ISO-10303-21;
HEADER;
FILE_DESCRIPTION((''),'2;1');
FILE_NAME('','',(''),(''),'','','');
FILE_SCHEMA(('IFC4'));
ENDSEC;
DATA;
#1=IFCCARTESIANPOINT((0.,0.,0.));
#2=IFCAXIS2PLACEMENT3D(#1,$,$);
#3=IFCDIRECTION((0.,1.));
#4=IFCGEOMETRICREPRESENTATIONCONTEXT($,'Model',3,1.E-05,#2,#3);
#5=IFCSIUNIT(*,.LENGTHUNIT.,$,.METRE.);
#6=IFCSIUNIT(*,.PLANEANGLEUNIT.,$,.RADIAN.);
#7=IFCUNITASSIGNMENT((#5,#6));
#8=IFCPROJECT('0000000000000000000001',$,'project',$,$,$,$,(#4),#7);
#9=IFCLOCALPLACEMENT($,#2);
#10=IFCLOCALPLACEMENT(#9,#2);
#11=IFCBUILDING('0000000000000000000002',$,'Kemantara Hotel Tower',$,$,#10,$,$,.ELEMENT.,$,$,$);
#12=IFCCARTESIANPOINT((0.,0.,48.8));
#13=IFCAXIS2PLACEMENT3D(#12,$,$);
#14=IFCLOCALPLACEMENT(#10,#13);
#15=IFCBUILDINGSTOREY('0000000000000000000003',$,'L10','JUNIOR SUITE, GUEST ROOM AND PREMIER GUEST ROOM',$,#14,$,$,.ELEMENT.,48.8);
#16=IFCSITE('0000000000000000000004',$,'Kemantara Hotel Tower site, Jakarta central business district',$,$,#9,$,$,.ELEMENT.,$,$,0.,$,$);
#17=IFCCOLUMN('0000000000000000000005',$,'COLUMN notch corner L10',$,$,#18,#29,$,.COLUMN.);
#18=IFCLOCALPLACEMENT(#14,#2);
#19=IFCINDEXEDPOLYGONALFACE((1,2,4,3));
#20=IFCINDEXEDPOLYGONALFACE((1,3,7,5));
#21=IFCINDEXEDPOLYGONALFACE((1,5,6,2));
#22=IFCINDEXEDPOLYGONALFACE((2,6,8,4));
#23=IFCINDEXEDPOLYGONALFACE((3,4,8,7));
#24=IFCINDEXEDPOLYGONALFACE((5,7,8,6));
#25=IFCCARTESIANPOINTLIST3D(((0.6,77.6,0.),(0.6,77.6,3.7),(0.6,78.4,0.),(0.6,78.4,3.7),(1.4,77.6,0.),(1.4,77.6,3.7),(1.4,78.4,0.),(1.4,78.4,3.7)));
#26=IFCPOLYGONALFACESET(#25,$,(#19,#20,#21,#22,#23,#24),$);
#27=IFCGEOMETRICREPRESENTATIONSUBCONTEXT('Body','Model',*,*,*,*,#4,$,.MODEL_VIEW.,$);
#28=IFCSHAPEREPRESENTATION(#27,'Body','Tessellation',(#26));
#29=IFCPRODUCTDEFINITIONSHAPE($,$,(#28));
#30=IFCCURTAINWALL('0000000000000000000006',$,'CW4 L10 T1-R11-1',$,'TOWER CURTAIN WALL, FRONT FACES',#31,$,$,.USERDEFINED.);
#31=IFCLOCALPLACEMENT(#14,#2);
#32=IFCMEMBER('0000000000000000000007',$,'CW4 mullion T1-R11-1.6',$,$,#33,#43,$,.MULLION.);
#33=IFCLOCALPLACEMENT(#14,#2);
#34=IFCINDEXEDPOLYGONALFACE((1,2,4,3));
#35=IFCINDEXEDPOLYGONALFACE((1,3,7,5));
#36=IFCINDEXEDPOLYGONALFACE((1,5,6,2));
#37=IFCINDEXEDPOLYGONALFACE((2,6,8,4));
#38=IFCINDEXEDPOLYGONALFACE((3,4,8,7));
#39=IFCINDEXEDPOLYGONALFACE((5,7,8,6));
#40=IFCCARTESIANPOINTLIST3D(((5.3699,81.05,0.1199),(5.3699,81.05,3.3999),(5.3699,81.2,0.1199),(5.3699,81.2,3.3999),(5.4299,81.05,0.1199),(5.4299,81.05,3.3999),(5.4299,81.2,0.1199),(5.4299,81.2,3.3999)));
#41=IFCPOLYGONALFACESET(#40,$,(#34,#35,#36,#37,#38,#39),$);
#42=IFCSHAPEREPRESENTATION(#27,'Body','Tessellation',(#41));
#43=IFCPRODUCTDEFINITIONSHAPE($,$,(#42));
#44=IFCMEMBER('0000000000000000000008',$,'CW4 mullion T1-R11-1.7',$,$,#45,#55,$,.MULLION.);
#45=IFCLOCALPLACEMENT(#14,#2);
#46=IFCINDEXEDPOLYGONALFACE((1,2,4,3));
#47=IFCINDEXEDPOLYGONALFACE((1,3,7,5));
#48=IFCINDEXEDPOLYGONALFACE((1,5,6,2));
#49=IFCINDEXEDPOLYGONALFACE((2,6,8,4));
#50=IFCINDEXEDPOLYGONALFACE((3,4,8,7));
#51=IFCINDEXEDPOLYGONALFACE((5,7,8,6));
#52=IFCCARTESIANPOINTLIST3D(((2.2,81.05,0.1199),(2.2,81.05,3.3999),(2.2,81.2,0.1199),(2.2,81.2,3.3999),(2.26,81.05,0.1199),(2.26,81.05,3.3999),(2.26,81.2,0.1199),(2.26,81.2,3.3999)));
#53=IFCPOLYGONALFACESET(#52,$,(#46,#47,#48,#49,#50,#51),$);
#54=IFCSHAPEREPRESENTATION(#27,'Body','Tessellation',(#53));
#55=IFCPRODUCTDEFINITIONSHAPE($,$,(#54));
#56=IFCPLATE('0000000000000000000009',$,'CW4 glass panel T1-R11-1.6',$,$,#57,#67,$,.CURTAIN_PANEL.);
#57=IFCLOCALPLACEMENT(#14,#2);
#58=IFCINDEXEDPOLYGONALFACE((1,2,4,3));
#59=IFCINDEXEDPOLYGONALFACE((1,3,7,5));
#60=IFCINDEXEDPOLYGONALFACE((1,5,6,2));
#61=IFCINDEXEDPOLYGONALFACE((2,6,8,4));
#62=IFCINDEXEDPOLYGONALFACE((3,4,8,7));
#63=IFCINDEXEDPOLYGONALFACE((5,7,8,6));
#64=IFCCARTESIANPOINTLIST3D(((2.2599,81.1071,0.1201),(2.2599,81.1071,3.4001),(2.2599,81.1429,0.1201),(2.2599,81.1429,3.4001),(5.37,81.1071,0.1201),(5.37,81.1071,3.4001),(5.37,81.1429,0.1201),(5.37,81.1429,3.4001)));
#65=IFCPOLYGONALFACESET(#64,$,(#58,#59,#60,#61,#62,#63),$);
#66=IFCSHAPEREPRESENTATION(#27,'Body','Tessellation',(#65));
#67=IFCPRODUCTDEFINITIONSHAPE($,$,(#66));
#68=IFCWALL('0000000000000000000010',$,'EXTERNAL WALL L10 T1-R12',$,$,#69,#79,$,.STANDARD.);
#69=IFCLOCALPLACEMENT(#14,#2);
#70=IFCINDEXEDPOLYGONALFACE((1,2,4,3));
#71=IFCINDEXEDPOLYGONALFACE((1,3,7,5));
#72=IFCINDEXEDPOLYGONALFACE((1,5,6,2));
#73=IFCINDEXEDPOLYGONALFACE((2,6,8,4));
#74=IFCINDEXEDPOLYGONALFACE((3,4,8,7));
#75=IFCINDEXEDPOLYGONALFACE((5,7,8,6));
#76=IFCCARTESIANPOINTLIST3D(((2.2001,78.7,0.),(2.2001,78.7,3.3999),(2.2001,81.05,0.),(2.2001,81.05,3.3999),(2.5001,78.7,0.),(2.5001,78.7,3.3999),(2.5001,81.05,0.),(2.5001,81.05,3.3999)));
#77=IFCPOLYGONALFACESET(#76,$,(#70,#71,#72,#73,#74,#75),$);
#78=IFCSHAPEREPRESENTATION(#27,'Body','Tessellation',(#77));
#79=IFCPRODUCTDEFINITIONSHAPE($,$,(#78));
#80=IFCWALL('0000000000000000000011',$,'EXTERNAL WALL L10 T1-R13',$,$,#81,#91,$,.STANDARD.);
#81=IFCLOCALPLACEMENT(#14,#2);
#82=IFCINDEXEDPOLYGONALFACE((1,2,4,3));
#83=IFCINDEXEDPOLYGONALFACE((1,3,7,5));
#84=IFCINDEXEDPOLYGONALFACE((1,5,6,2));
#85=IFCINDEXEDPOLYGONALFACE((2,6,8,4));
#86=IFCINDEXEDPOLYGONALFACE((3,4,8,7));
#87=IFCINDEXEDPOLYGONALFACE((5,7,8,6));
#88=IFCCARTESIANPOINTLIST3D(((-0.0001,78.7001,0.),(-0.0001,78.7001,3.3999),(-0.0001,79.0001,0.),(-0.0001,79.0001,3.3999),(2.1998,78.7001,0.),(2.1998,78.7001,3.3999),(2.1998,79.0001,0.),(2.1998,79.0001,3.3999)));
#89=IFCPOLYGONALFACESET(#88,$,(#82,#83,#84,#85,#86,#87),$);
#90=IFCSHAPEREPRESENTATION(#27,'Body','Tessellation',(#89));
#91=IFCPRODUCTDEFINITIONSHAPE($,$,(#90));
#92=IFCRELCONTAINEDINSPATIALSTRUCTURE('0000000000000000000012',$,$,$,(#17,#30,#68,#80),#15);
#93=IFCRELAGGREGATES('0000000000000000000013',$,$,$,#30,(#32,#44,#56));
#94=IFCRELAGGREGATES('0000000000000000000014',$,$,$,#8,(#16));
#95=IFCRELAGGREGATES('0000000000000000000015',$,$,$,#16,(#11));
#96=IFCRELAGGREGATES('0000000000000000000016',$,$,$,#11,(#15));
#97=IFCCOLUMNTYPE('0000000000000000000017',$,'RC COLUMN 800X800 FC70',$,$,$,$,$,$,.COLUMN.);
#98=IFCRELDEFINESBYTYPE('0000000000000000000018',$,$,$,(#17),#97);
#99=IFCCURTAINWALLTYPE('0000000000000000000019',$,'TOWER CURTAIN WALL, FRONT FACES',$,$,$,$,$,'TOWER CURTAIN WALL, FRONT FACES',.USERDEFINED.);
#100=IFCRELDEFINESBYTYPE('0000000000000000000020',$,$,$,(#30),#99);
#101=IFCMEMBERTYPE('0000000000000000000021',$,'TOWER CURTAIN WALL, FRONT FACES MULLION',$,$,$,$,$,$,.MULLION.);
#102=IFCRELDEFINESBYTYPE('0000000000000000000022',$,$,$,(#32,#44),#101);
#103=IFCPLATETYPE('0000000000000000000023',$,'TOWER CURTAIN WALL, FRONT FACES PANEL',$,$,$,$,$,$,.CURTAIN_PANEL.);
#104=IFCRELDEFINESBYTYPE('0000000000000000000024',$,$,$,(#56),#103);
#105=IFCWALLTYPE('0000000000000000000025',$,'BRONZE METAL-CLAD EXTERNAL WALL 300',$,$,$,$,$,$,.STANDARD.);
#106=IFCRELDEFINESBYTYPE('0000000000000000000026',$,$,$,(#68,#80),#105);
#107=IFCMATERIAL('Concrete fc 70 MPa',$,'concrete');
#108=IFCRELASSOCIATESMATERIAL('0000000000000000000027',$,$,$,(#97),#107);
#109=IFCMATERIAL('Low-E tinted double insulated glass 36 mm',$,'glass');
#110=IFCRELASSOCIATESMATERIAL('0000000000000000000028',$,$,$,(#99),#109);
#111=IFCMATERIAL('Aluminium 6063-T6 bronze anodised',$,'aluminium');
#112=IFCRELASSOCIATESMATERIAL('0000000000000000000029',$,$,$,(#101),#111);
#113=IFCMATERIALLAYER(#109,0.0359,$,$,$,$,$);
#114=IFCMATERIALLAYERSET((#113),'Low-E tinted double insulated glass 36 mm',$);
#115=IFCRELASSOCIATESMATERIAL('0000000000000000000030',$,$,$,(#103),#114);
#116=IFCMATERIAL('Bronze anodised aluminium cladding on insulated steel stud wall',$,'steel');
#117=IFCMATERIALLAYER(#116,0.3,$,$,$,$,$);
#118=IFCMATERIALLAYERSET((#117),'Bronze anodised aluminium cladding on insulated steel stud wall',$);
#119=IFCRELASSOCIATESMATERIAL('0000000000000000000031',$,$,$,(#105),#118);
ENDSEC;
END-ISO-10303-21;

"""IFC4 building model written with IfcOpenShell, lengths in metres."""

from ifc_helpers import new_model, si_unit, direction, frame, frame_2d, origin, origin_2d, place, context, subcontext, project, spatial, rectangle, extrude, source, transform, mapped, material, layer, layer_set, material_profile, profile_set, type_object, element, aggregate, save


model = new_model("IFC4")

# Units and contexts
model_context = context("Model", 3, precision=1e-05, world=origin(), true_north=direction((0.0, 1.0)))
body_context = subcontext(model_context, "Body", "Model", "MODEL_VIEW")
ifc_project = project(units=[si_unit("LENGTHUNIT", "METRE"), si_unit("PLANEANGLEUNIT", "RADIAN")], contexts=[model_context])

# Site, building, storey
site_placement = place(None, origin())
site = spatial("IfcSite", under=ifc_project, at=site_placement, Name="Kemantara Hotel Tower site, Jakarta central business district", CompositionType="ELEMENT", RefElevation=0.0)
building_placement = place(site_placement, origin())
building = spatial("IfcBuilding", under=site, at=building_placement, Name="Kemantara Hotel Tower", CompositionType="ELEMENT")
storey_placement = place(building_placement, frame((0.0, 0.0, 48.8)))
storey = spatial("IfcBuildingStorey", under=building, at=storey_placement, Name="L10", Description="JUNIOR SUITE, GUEST ROOM AND PREMIER GUEST ROOM", CompositionType="ELEMENT", Elevation=48.8)

# Column
ifc_material_1 = material(Name="Concrete fc 70 MPa", Category="concrete")
ifc_material_profile_1 = material_profile(ifc_material_1, rectangle(XDim=0.8, YDim=0.8, at=origin_2d()), Name="RC 800X800")
ifc_profile_set_1 = profile_set([ifc_material_profile_1], Name="Concrete fc 70 MPa")
column_type = type_object("IfcColumnType", Name="RC COLUMN 800X800 FC70", PredefinedType="COLUMN", material=ifc_profile_set_1)
column_placement = place(storey_placement, frame((1.0, 78.0, 0.0), z_axis=(0.0, 0.0, 1.0), x_axis=(1.0, 0.0, 0.0)))
element("IfcColumn", 1, at=column_placement, inside=storey, type_object=column_type, Name="COLUMN notch corner L10", PredefinedType="COLUMN", context=body_context, shape_type="SweptSolid", body=[
    extrude(rectangle(XDim=0.8, YDim=0.8, at=origin_2d()), origin(), (0.0, 0.0, 1.0), 3.7),
])

# Curtain wall, members, plate
ifc_material_2 = material(Name="Low-E tinted double insulated glass 36 mm", Category="glass")
curtain_wall_type = type_object("IfcCurtainWallType", Name="TOWER CURTAIN WALL, FRONT FACES", ElementType="TOWER CURTAIN WALL, FRONT FACES", PredefinedType="USERDEFINED", material=ifc_material_2)
curtain_wall_placement = place(storey_placement, origin())
curtain_wall = element("IfcCurtainWall", 2, at=curtain_wall_placement, inside=storey, type_object=curtain_wall_type, Name="CW4 L10 T1-R11-1", ObjectType="TOWER CURTAIN WALL, FRONT FACES", PredefinedType="USERDEFINED")
ifc_material_3 = material(Name="Aluminium 6063-T6 bronze anodised", Category="aluminium")
ifc_material_profile_2 = material_profile(ifc_material_3, rectangle(XDim=0.1499, YDim=0.0601, at=origin_2d()), Name="TOWER CURTAIN WALL, FRONT FACES MULLION")
ifc_profile_set_2 = profile_set([ifc_material_profile_2], Name="Aluminium 6063-T6 bronze anodised")
member_type = type_object("IfcMemberType", Name="TOWER CURTAIN WALL, FRONT FACES MULLION", PredefinedType="MULLION", material=ifc_profile_set_2)
shared_shape_1 = source(origin(), body_context, "Body", "SweptSolid", [
    extrude(rectangle(XDim=0.1499, YDim=0.0601, at=origin_2d()), origin(), (0.0, 0.0, 1.0), 3.28),
])
member_1_placement = place(storey_placement, frame((5.3999, 81.125, 0.1199), z_axis=(0.0, 0.0, 1.0), x_axis=(0.0, -1.0, 0.0)))
member_1 = element("IfcMember", 3, at=member_1_placement, type_object=member_type, Name="CW4 mullion T1-R11-1.6", PredefinedType="MULLION", context=body_context, shape_type="MappedRepresentation", body=[
    mapped(shared_shape_1, transform((0.0, 0.0, 0.0))),
])
member_2_placement = place(storey_placement, frame((2.23, 81.125, 0.1199), z_axis=(0.0, 0.0, 1.0), x_axis=(0.0, -1.0, 0.0)))
member_2 = element("IfcMember", 4, at=member_2_placement, type_object=member_type, Name="CW4 mullion T1-R11-1.7", PredefinedType="MULLION", context=body_context, shape_type="MappedRepresentation", body=[
    mapped(shared_shape_1, transform((0.0, 0.0, 0.0))),
])
ifc_layer_1 = layer(ifc_material_2, 0.0359)
ifc_layer_set_1 = layer_set([ifc_layer_1], Name="Low-E tinted double insulated glass 36 mm")
plate_type = type_object("IfcPlateType", Name="TOWER CURTAIN WALL, FRONT FACES PANEL", PredefinedType="CURTAIN_PANEL", material=ifc_layer_set_1)
shared_shape_2 = source(origin(), body_context, "Body", "SweptSolid", [
    extrude(rectangle(XDim=3.1101, YDim=0.0359, at=origin_2d()), origin(), (0.0, 0.0, 1.0), 3.28),
])
plate_placement = place(storey_placement, frame((3.8149, 81.125, 0.1201), z_axis=(0.0, 0.0, 1.0), x_axis=(-1.0, 0.0, 0.0)))
plate = element("IfcPlate", 5, at=plate_placement, type_object=plate_type, Name="CW4 glass panel T1-R11-1.6", PredefinedType="CURTAIN_PANEL", context=body_context, shape_type="MappedRepresentation", body=[
    mapped(shared_shape_2, transform((0.0, 0.0, 0.0))),
])
aggregate(curtain_wall, [member_1, member_2, plate])

# Walls
ifc_material_4 = material(Name="Bronze anodised aluminium cladding on insulated steel stud wall", Category="steel")
ifc_layer_2 = layer(ifc_material_4, 0.3)
ifc_layer_set_2 = layer_set([ifc_layer_2], Name="Bronze anodised aluminium cladding on insulated steel stud wall")
wall_type = type_object("IfcWallType", Name="BRONZE METAL-CLAD EXTERNAL WALL 300", PredefinedType="STANDARD", material=ifc_layer_set_2)
wall_1_placement = place(storey_placement, frame((2.3501, 81.05, 0.0), z_axis=(0.0, 0.0, 1.0), x_axis=(0.0, -1.0, 0.0)))
element("IfcWall", 6, at=wall_1_placement, inside=storey, type_object=wall_type, Name="EXTERNAL WALL L10 T1-R12", PredefinedType="STANDARD", context=body_context, shape_type="SweptSolid", body=[
    extrude(rectangle(XDim=2.3501, YDim=0.3, at=frame_2d((1.175, 0.0))), origin(), (0.0, 0.0, 1.0), 3.3999),
])
wall_2_placement = place(storey_placement, frame((2.2, 78.8501, 0.0), z_axis=(0.0, 0.0, 1.0), x_axis=(-1.0, 0.0, 0.0)))
element("IfcWall", 7, at=wall_2_placement, inside=storey, type_object=wall_type, Name="EXTERNAL WALL L10 T1-R13", PredefinedType="STANDARD", context=body_context, shape_type="SweptSolid", body=[
    extrude(rectangle(XDim=2.2, YDim=0.3, at=frame_2d((1.1001, 0.0))), origin(), (0.0, 0.0, 1.0), 3.3999),
])

save(model, "model.ifc")
